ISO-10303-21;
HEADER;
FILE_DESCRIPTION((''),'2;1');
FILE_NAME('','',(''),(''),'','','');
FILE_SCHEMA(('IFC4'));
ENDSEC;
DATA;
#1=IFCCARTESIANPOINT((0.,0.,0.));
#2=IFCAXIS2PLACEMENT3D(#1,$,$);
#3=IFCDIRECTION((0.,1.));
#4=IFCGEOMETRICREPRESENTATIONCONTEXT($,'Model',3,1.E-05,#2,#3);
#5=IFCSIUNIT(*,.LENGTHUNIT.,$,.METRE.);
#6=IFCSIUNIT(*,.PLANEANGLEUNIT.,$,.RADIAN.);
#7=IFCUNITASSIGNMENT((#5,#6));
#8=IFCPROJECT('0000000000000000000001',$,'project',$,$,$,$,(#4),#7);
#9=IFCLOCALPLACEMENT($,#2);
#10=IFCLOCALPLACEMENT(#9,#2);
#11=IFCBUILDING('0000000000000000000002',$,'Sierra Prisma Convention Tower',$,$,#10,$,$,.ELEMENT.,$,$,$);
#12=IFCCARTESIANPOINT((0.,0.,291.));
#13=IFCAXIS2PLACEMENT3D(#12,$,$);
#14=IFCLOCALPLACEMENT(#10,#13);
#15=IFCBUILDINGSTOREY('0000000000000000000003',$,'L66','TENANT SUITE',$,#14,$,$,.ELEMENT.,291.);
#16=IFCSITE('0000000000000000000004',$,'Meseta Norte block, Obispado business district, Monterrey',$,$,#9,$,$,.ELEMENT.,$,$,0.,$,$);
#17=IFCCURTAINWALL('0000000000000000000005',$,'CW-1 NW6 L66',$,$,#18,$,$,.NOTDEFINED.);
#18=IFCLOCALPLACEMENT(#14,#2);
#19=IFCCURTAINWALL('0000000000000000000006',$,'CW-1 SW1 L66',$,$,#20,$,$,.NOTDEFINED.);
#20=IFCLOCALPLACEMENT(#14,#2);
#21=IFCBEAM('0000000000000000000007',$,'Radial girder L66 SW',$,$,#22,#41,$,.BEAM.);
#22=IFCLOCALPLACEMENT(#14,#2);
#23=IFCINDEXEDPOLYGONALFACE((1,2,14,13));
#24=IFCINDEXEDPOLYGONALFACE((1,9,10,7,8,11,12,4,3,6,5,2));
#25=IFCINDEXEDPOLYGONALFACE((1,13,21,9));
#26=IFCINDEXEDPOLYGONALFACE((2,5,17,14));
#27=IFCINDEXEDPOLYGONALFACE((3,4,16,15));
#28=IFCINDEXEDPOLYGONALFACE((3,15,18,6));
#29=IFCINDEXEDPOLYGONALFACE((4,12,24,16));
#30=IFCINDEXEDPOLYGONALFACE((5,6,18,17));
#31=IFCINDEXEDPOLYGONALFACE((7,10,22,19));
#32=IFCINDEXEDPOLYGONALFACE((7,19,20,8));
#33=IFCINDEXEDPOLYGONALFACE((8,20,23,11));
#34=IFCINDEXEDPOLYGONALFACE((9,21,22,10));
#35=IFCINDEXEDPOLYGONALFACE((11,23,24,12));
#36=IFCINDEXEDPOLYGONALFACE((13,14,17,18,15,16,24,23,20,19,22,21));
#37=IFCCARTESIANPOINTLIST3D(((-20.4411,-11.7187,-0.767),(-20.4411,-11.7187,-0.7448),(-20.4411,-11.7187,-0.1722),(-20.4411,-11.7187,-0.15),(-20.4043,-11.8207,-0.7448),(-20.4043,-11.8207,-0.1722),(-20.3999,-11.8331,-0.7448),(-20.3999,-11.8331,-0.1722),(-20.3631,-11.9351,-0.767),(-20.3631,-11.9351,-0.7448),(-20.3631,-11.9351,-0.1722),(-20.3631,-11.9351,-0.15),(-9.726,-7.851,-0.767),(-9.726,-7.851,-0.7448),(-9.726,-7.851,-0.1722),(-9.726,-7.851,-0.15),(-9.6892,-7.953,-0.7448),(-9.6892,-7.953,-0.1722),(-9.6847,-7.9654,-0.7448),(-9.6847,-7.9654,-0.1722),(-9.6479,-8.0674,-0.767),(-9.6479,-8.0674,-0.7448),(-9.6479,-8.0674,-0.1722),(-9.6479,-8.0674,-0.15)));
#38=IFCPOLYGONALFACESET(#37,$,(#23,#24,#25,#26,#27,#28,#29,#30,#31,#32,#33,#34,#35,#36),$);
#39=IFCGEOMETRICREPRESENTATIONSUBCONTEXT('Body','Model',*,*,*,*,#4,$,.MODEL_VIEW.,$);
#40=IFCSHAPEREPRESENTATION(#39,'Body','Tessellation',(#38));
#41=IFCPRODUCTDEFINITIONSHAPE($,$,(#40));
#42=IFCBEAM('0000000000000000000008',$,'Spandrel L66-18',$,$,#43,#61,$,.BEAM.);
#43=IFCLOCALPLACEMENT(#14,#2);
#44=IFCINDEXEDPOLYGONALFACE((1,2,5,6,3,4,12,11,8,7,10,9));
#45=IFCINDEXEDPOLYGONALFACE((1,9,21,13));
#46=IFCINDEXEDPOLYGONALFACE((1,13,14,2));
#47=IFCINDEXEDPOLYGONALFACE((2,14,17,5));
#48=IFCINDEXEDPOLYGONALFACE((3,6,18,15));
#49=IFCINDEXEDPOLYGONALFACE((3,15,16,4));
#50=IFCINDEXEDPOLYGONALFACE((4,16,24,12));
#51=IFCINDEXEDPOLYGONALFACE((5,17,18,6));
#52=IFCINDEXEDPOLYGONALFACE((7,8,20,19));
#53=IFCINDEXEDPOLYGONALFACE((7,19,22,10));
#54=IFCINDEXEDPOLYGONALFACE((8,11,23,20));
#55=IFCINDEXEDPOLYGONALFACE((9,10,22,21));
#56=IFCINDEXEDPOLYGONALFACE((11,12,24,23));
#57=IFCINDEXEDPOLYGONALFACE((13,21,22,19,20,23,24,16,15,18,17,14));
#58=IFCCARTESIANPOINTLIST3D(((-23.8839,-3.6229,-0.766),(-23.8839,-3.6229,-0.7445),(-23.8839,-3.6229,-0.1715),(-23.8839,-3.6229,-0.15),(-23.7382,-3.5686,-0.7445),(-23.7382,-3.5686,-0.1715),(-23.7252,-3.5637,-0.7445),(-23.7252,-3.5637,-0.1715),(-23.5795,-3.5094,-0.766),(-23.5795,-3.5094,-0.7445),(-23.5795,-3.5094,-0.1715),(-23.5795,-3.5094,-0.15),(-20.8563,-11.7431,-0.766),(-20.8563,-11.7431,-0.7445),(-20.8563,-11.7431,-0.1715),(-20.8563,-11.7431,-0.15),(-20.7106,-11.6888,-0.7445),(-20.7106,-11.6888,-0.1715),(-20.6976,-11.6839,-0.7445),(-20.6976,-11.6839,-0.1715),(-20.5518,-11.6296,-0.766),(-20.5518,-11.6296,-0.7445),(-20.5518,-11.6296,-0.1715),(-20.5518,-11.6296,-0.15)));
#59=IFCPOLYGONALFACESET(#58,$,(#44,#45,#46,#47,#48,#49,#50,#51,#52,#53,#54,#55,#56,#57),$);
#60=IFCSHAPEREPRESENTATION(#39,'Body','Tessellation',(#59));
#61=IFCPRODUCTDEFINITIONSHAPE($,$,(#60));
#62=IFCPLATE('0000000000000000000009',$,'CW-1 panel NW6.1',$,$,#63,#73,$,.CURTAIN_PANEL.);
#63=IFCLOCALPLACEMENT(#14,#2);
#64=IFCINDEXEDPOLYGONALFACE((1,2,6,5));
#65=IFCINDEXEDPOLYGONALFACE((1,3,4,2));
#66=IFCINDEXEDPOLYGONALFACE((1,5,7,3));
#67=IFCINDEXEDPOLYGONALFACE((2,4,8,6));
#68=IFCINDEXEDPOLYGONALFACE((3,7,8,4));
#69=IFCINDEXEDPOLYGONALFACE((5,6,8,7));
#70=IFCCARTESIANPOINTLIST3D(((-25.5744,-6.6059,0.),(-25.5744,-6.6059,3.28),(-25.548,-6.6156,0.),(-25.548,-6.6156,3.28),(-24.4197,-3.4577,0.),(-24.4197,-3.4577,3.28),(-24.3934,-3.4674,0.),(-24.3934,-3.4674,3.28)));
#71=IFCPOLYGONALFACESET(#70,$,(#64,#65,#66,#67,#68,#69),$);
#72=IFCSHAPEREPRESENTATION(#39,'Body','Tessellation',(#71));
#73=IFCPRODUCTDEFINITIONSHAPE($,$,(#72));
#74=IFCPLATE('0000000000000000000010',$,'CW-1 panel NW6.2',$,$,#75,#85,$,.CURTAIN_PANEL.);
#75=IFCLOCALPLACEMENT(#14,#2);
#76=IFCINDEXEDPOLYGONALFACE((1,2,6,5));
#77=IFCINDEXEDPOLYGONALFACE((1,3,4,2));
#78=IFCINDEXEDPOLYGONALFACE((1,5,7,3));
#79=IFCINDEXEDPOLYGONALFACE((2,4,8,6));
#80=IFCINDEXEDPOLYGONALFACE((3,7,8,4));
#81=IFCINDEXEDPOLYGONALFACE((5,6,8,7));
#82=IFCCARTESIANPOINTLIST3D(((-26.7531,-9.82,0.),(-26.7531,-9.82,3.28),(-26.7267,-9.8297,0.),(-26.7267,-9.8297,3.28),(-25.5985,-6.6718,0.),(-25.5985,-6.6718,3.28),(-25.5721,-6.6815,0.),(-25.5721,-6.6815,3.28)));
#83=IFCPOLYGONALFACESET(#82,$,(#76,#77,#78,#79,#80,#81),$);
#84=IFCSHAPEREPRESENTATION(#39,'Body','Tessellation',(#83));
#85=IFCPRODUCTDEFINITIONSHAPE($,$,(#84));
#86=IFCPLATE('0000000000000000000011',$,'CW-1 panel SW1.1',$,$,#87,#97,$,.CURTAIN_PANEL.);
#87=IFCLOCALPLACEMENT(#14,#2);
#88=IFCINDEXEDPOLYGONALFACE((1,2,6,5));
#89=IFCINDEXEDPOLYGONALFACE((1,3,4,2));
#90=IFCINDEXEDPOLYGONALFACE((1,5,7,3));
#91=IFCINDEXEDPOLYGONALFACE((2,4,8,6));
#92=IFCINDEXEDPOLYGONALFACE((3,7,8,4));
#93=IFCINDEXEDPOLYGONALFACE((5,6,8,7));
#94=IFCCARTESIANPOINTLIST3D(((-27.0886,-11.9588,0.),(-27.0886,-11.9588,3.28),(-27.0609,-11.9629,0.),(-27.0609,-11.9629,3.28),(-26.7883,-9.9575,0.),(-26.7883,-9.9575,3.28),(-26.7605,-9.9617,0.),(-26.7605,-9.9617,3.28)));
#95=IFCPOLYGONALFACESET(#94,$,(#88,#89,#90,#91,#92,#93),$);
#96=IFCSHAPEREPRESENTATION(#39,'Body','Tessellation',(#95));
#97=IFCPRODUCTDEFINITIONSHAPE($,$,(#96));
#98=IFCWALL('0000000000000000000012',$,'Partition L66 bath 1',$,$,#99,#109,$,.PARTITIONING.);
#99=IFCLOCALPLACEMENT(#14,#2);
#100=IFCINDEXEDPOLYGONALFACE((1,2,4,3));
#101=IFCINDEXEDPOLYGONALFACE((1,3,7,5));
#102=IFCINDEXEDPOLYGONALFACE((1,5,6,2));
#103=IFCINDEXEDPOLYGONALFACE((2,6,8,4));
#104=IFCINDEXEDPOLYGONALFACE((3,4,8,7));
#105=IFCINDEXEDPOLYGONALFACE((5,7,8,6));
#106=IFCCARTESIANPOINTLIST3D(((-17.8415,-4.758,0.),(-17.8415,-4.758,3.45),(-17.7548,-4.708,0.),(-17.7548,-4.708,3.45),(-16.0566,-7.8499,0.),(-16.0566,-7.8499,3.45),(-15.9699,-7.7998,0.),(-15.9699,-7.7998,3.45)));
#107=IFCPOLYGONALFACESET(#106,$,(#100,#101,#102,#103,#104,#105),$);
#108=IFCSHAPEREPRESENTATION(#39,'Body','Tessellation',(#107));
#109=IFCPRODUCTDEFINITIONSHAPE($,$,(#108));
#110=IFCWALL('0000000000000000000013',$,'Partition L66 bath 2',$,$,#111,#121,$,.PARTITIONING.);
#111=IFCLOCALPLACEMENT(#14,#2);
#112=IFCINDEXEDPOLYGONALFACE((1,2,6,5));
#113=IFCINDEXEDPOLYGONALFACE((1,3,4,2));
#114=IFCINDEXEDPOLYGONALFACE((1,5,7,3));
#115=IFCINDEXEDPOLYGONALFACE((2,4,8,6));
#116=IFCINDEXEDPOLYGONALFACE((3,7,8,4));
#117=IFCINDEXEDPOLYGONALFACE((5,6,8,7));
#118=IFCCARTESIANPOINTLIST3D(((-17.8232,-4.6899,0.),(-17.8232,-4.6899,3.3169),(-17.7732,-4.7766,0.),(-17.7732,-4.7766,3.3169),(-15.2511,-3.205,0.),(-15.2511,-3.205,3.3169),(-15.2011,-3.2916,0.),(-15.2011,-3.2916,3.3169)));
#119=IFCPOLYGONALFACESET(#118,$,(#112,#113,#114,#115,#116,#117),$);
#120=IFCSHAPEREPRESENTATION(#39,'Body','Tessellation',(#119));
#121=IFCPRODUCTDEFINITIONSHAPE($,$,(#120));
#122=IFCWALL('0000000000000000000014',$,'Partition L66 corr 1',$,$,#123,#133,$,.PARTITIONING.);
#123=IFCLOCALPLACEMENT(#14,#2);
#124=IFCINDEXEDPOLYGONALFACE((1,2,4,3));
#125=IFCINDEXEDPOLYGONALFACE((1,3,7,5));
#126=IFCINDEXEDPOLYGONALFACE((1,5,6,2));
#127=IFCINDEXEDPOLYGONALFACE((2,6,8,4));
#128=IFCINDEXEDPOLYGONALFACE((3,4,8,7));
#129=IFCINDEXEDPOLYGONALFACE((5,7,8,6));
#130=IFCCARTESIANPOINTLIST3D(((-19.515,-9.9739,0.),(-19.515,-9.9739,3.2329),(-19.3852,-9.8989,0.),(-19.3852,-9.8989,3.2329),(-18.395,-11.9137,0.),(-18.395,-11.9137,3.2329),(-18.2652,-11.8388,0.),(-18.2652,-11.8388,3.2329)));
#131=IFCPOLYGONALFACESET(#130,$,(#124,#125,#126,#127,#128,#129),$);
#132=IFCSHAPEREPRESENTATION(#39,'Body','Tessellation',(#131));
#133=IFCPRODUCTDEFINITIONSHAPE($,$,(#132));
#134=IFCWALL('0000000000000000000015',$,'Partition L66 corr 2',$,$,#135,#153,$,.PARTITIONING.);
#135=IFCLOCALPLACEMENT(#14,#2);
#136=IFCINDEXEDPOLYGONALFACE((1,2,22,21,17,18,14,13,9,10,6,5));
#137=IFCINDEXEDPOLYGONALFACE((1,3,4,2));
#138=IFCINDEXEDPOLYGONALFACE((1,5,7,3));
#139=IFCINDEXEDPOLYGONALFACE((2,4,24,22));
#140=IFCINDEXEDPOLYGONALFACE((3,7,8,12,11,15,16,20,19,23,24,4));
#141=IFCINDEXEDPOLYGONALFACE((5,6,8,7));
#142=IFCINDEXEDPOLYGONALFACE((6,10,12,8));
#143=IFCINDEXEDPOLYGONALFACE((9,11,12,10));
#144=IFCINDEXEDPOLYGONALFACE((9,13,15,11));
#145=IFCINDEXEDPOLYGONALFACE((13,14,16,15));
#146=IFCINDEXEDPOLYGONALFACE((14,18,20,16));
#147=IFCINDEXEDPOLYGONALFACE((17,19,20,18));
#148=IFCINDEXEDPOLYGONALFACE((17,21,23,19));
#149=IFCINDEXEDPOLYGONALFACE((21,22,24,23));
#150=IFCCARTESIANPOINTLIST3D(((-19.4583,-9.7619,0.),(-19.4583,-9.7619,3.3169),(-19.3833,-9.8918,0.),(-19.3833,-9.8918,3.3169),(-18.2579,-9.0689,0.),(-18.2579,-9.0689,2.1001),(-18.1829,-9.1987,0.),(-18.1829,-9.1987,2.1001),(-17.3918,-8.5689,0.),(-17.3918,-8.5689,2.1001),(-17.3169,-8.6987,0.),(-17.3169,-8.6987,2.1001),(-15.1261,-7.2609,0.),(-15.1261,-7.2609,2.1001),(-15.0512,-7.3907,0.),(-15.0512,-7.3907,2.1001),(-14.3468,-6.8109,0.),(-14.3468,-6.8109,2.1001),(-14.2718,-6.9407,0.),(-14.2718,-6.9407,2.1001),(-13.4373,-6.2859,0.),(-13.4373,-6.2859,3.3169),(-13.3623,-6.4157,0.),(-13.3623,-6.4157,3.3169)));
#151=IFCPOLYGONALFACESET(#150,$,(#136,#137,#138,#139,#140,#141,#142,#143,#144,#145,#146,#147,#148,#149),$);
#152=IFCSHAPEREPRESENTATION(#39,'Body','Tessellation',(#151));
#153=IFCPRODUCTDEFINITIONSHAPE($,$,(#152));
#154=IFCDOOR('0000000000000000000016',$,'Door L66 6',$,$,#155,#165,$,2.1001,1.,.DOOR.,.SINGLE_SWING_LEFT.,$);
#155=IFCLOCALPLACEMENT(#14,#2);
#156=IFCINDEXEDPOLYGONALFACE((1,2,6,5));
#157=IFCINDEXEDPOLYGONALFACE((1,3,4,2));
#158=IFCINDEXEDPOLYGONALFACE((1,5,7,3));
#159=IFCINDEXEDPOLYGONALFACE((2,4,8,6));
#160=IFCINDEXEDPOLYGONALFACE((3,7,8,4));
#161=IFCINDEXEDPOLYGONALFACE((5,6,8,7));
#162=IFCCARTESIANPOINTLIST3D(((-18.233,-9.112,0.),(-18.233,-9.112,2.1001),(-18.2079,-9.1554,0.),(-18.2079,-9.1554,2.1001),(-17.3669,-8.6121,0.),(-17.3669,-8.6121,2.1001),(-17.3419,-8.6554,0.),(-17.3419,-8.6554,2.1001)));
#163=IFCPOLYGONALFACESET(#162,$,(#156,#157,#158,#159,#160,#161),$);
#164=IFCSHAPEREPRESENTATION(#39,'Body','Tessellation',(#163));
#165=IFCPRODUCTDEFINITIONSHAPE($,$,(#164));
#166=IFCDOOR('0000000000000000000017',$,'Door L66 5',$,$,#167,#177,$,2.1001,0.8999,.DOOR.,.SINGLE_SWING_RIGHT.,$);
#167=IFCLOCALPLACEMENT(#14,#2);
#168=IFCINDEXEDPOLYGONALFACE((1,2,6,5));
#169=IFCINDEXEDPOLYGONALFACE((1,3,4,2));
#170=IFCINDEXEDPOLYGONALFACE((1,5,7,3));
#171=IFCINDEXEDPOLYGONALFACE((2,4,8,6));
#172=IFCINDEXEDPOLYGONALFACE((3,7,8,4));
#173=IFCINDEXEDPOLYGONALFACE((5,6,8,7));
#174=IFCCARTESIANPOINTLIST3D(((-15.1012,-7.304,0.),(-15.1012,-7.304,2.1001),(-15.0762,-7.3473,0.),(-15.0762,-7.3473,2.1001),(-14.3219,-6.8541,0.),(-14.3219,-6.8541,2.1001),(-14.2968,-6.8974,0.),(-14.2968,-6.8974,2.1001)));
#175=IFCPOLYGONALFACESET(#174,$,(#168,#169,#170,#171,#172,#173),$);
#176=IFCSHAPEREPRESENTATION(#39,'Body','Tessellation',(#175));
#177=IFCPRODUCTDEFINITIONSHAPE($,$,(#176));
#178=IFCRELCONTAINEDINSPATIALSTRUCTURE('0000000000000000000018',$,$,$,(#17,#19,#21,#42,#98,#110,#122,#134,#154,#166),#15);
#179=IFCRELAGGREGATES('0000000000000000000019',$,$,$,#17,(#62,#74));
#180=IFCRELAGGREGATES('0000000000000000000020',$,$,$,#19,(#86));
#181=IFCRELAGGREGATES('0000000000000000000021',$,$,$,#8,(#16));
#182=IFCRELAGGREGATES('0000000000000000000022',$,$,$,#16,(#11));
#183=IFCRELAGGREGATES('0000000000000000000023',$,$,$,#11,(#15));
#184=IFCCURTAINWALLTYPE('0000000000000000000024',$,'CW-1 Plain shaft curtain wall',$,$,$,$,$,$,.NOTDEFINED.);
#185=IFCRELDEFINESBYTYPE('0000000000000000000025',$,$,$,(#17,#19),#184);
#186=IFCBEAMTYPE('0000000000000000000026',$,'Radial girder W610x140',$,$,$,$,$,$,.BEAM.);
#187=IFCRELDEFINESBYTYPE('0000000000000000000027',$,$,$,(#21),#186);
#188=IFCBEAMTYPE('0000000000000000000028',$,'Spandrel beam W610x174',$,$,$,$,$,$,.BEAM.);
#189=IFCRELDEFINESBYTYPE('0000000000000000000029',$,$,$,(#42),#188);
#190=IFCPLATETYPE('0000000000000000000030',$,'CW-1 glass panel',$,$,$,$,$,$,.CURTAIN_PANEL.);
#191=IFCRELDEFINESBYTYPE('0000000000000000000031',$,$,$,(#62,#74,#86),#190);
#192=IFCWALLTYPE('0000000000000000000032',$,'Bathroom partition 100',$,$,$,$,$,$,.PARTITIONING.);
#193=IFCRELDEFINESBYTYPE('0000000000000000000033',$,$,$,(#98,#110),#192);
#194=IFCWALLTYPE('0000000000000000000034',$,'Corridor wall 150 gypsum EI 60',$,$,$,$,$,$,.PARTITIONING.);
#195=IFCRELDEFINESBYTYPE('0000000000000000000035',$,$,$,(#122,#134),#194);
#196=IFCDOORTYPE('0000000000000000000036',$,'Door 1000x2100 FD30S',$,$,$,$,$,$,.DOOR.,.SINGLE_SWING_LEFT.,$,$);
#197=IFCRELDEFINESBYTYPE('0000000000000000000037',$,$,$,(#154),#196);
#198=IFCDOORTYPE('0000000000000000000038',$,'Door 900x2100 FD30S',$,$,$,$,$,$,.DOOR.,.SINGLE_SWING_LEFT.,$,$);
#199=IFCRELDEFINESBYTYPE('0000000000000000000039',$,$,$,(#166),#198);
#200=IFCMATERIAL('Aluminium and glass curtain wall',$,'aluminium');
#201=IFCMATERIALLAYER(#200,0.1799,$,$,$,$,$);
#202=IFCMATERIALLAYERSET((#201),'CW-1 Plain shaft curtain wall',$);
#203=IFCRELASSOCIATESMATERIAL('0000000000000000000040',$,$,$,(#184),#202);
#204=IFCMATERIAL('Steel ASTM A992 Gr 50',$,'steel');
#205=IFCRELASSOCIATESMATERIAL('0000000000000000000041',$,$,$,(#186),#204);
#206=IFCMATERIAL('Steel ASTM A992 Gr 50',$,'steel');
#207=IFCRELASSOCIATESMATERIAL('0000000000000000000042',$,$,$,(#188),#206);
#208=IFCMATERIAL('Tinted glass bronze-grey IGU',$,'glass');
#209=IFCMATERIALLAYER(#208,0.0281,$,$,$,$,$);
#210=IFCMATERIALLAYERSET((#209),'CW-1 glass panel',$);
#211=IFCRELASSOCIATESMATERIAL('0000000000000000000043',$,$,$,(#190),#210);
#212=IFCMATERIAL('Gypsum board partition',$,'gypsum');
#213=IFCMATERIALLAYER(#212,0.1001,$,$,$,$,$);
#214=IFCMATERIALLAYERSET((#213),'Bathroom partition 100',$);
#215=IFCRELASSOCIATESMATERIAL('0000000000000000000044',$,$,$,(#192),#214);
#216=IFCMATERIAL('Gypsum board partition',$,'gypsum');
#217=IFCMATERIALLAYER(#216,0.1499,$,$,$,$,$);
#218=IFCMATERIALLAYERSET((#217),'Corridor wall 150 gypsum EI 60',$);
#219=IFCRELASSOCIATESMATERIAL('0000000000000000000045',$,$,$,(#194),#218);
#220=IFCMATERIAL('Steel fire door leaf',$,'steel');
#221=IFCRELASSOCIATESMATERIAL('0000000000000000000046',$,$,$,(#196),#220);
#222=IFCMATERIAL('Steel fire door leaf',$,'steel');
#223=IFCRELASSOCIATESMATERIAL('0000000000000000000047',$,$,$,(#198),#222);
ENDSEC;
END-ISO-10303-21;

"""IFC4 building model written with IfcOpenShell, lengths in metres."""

from ifc_helpers import new_model, si_unit, direction, frame, frame_2d, origin, origin_2d, place, context, subcontext, project, spatial, rectangle, i_section, extrude, material, layer, layer_set, material_profile, profile_set, type_object, element, fill, aggregate, save


model = new_model("IFC4")

# Units and contexts
model_context = context("Model", 3, precision=1e-05, world=origin(), true_north=direction((0.0, 1.0)))
body_context = subcontext(model_context, "Body", "Model", "MODEL_VIEW")
ifc_project = project(units=[si_unit("LENGTHUNIT", "METRE"), si_unit("PLANEANGLEUNIT", "RADIAN")], contexts=[model_context])

# Site, building, storey
site_placement = place(None, origin())
site = spatial("IfcSite", under=ifc_project, at=site_placement, Name="Meseta Norte block, Obispado business district, Monterrey", CompositionType="ELEMENT", RefElevation=0.0)
building_placement = place(site_placement, origin())
building = spatial("IfcBuilding", under=site, at=building_placement, Name="Sierra Prisma Convention Tower", CompositionType="ELEMENT")
storey_placement = place(building_placement, frame((0.0, 0.0, 291.0)))
storey = spatial("IfcBuildingStorey", under=building, at=storey_placement, Name="L66", Description="TENANT SUITE", CompositionType="ELEMENT", Elevation=291.0)

# Curtain walls
ifc_material_1 = material(Name="Aluminium and glass curtain wall", Category="aluminium")
ifc_layer_1 = layer(ifc_material_1, 0.1799)
ifc_layer_set_1 = layer_set([ifc_layer_1], Name="CW-1 Plain shaft curtain wall")
curtain_wall_type = type_object("IfcCurtainWallType", Name="CW-1 Plain shaft curtain wall", PredefinedType="NOTDEFINED", material=ifc_layer_set_1)
curtain_wall_1_placement = place(storey_placement, origin())
curtain_wall_1 = element("IfcCurtainWall", 1, at=curtain_wall_1_placement, inside=storey, type_object=curtain_wall_type, Name="CW-1 NW6 L66", PredefinedType="NOTDEFINED")
curtain_wall_2_placement = place(storey_placement, origin())
curtain_wall_2 = element("IfcCurtainWall", 2, at=curtain_wall_2_placement, inside=storey, type_object=curtain_wall_type, Name="CW-1 SW1 L66", PredefinedType="NOTDEFINED")

# Beams
ifc_material_2 = material(Name="Steel ASTM A992 Gr 50", Category="steel")
ifc_material_profile_1 = material_profile(ifc_material_2, i_section(OverallWidth=0.23, OverallDepth=0.6169, WebThickness=0.0132, FlangeThickness=0.0222, at=origin_2d()), Name="W610x140")
ifc_profile_set_1 = profile_set([ifc_material_profile_1], Name="Steel ASTM A992 Gr 50")
beam_type_1 = type_object("IfcBeamType", Name="Radial girder W610x140", PredefinedType="BEAM", material=ifc_profile_set_1)
beam_1_placement = place(storey_placement, frame((-20.4021, -11.8269, -0.4585), z_axis=(0.9406, 0.339515, 0.0), x_axis=(-0.339515, 0.9406, 0.0)))
element("IfcBeam", 3, at=beam_1_placement, inside=storey, type_object=beam_type_1, Name="Radial girder L66 SW", PredefinedType="BEAM", context=body_context, shape_type="SweptSolid", body=[
    extrude(i_section(OverallWidth=0.23, OverallDepth=0.6169, WebThickness=0.0132, FlangeThickness=0.0222, at=origin_2d()), origin(), (0.0, 0.0, 1.0), 11.3918),
])
ifc_material_3 = material(Name="Steel ASTM A992 Gr 50", Category="steel")
ifc_material_profile_2 = material_profile(ifc_material_3, i_section(OverallWidth=0.325, OverallDepth=0.616, WebThickness=0.0139, FlangeThickness=0.0215, at=origin_2d()), Name="W610x174")
ifc_profile_set_2 = profile_set([ifc_material_profile_2], Name="Steel ASTM A992 Gr 50")
beam_type_2 = type_object("IfcBeamType", Name="Spandrel beam W610x174", PredefinedType="BEAM", material=ifc_profile_set_2)
beam_2_placement = place(storey_placement, frame((-23.7317, -3.5662, -0.458), z_axis=(0.349357, -0.93699, 0.0), x_axis=(0.93699, 0.349357, 0.0)))
element("IfcBeam", 4, at=beam_2_placement, inside=storey, type_object=beam_type_2, Name="Spandrel L66-18", PredefinedType="BEAM", context=body_context, shape_type="SweptSolid", body=[
    extrude(i_section(OverallWidth=0.325, OverallDepth=0.616, WebThickness=0.0139, FlangeThickness=0.0215, at=origin_2d()), origin(), (0.0, 0.0, 1.0), 8.6663),
])

# Plates
ifc_material_4 = material(Name="Tinted glass bronze-grey IGU", Category="glass")
ifc_layer_2 = layer(ifc_material_4, 0.0281)
ifc_layer_set_2 = layer_set([ifc_layer_2], Name="CW-1 glass panel")
plate_type = type_object("IfcPlateType", Name="CW-1 glass panel", PredefinedType="CURTAIN_PANEL", material=ifc_layer_set_2)
plate_1_placement = place(storey_placement, frame((-24.9839, -5.0366, 0.0), z_axis=(0.0, 0.0, 1.0), x_axis=(-0.344334, -0.938847, 0.0)))
plate_1 = element("IfcPlate", 5, at=plate_1_placement, type_object=plate_type, Name="CW-1 panel NW6.1", PredefinedType="CURTAIN_PANEL", context=body_context, shape_type="SweptSolid", body=[
    extrude(rectangle(XDim=3.3533, YDim=0.0281, at=origin_2d()), origin(), (0.0, 0.0, 1.0), 3.28),
])
plate_2_placement = place(storey_placement, frame((-26.1626, -8.2507, 0.0), z_axis=(0.0, 0.0, 1.0), x_axis=(-0.344334, -0.938847, 0.0)))
plate_2 = element("IfcPlate", 6, at=plate_2_placement, type_object=plate_type, Name="CW-1 panel NW6.2", PredefinedType="CURTAIN_PANEL", context=body_context, shape_type="SweptSolid", body=[
    extrude(rectangle(XDim=3.3533, YDim=0.0281, at=origin_2d()), origin(), (0.0, 0.0, 1.0), 3.28),
])
aggregate(curtain_wall_1, [plate_1, plate_2])
plate_3_placement = place(storey_placement, frame((-26.9246, -10.9602, 0.0), z_axis=(0.0, 0.0, 1.0), x_axis=(-0.148422, -0.988924, 0.0)))
plate_3 = element("IfcPlate", 7, at=plate_3_placement, type_object=plate_type, Name="CW-1 panel SW1.1", PredefinedType="CURTAIN_PANEL", context=body_context, shape_type="SweptSolid", body=[
    extrude(rectangle(XDim=2.0237, YDim=0.0281, at=origin_2d()), origin(), (0.0, 0.0, 1.0), 3.28),
])
aggregate(curtain_wall_2, [plate_3])

# Walls
ifc_material_5 = material(Name="Gypsum board partition", Category="gypsum")
ifc_layer_3 = layer(ifc_material_5, 0.1001)
ifc_layer_set_3 = layer_set([ifc_layer_3], Name="Bathroom partition 100")
wall_type_1 = type_object("IfcWallType", Name="Bathroom partition 100", PredefinedType="PARTITIONING", material=ifc_layer_set_3)
wall_1_placement = place(storey_placement, frame((-16.0132, -7.825, 0.0), z_axis=(0.0, 0.0, 1.0), x_axis=(-0.499971, 0.866042, 0.0)))
element("IfcWall", 8, at=wall_1_placement, inside=storey, type_object=wall_type_1, Name="Partition L66 bath 1", PredefinedType="PARTITIONING", context=body_context, shape_type="SweptSolid", body=[
    extrude(rectangle(XDim=3.5701, YDim=0.1001, at=frame_2d((1.7852, 0.0))), origin(), (0.0, 0.0, 1.0), 3.45),
])
wall_2_placement = place(storey_placement, frame((-17.7981, -4.7332, 0.0), z_axis=(0.0, 0.0, 1.0), x_axis=(0.866039, 0.499976, 0.0)))
element("IfcWall", 9, at=wall_2_placement, inside=storey, type_object=wall_type_1, Name="Partition L66 bath 2", PredefinedType="PARTITIONING", context=body_context, shape_type="SweptSolid", body=[
    extrude(rectangle(XDim=2.97, YDim=0.1001, at=frame_2d((1.4849, 0.0))), origin(), (0.0, 0.0, 1.0), 3.3169),
])
ifc_material_6 = material(Name="Gypsum board partition", Category="gypsum")
ifc_layer_4 = layer(ifc_material_6, 0.1499)
ifc_layer_set_4 = layer_set([ifc_layer_4], Name="Corridor wall 150 gypsum EI 60")
wall_type_2 = type_object("IfcWallType", Name="Corridor wall 150 gypsum EI 60", PredefinedType="PARTITIONING", material=ifc_layer_set_4)
wall_3_placement = place(storey_placement, frame((-19.4502, -9.9363, 0.0), z_axis=(0.0, 0.0, 1.0), x_axis=(0.500031, -0.866008, 0.0)))
element("IfcWall", 10, at=wall_3_placement, inside=storey, type_object=wall_type_2, Name="Partition L66 corr 1", PredefinedType="PARTITIONING", context=body_context, shape_type="SweptSolid", body=[
    extrude(rectangle(XDim=2.24, YDim=0.1499, at=frame_2d((1.1201, 0.0))), origin(), (0.0, 0.0, 1.0), 3.2329),
])

# Wall, openings, doors
wall_4_placement = place(storey_placement, frame((-13.3999, -6.3508, 0.0), z_axis=(0.0, 0.0, 1.0), x_axis=(-0.866035, -0.499984, 0.0)))
wall_4 = element("IfcWall", 11, at=wall_4_placement, inside=storey, type_object=wall_type_2, Name="Partition L66 corr 2", PredefinedType="PARTITIONING", context=body_context, shape_type="SweptSolid", body=[
    extrude(rectangle(XDim=6.9524, YDim=0.1499, at=frame_2d((3.4761, 0.0))), origin(), (0.0, 0.0, 1.0), 3.3169),
])
opening_1_placement = place(wall_4_placement, frame((1.05, 0.0, 0.0)))
opening_1 = element("IfcOpeningElement", 12, at=opening_1_placement, cuts=wall_4, PredefinedType="OPENING", context=body_context, shape_type="SweptSolid", body=[
    extrude(rectangle(XDim=0.8999, YDim=2.1001, at=frame_2d((0.45, 1.05))), frame((0.0, 0.075, 0.0), z_axis=(0.0, -1.0, 0.0), x_axis=(1.0, 0.0, 0.0)), (0.0, 0.0, 1.0), 0.1499),
])
opening_2_placement = place(wall_4_placement, frame((4.5662, 0.0, 0.0)))
opening_2 = element("IfcOpeningElement", 13, at=opening_2_placement, cuts=wall_4, PredefinedType="OPENING", context=body_context, shape_type="SweptSolid", body=[
    extrude(rectangle(XDim=1.0, YDim=2.1001, at=frame_2d((0.5, 1.05))), frame((0.0, 0.075, 0.0), z_axis=(0.0, -1.0, 0.0), x_axis=(1.0, 0.0, 0.0)), (0.0, 0.0, 1.0), 0.1499),
])
ifc_material_7 = material(Name="Steel fire door leaf", Category="steel")
door_type_1 = type_object("IfcDoorType", Name="Door 1000x2100 FD30S", OperationType="SINGLE_SWING_LEFT", PredefinedType="DOOR", material=ifc_material_7)
door_1_placement = place(opening_2_placement, origin())
door_1 = element("IfcDoor", 14, at=door_1_placement, inside=storey, type_object=door_type_1, Name="Door L66 6", OperationType="SINGLE_SWING_LEFT", OverallHeight=2.1001, OverallWidth=1.0, PredefinedType="DOOR", context=body_context, shape_type="SweptSolid", body=[
    extrude(rectangle(XDim=1.0, YDim=2.1001, at=frame_2d((0.5, 1.05))), frame((0.0, 0.0249, 0.0), z_axis=(0.0, -1.0, 0.0), x_axis=(1.0, 0.0, 0.0)), (0.0, 0.0, 1.0), 0.05),
])
fill(opening_2, door_1)
ifc_material_8 = material(Name="Steel fire door leaf", Category="steel")
door_type_2 = type_object("IfcDoorType", Name="Door 900x2100 FD30S", OperationType="SINGLE_SWING_LEFT", PredefinedType="DOOR", material=ifc_material_8)
door_2_placement = place(opening_1_placement, origin())
door_2 = element("IfcDoor", 15, at=door_2_placement, inside=storey, type_object=door_type_2, Name="Door L66 5", OperationType="SINGLE_SWING_RIGHT", OverallHeight=2.1001, OverallWidth=0.8999, PredefinedType="DOOR", context=body_context, shape_type="SweptSolid", body=[
    extrude(rectangle(XDim=0.8999, YDim=2.1001, at=frame_2d((0.45, 1.05))), frame((0.0, 0.0249, 0.0), z_axis=(0.0, -1.0, 0.0), x_axis=(1.0, 0.0, 0.0)), (0.0, 0.0, 1.0), 0.05),
])
fill(opening_1, door_2)

save(model, "model.ifc")
